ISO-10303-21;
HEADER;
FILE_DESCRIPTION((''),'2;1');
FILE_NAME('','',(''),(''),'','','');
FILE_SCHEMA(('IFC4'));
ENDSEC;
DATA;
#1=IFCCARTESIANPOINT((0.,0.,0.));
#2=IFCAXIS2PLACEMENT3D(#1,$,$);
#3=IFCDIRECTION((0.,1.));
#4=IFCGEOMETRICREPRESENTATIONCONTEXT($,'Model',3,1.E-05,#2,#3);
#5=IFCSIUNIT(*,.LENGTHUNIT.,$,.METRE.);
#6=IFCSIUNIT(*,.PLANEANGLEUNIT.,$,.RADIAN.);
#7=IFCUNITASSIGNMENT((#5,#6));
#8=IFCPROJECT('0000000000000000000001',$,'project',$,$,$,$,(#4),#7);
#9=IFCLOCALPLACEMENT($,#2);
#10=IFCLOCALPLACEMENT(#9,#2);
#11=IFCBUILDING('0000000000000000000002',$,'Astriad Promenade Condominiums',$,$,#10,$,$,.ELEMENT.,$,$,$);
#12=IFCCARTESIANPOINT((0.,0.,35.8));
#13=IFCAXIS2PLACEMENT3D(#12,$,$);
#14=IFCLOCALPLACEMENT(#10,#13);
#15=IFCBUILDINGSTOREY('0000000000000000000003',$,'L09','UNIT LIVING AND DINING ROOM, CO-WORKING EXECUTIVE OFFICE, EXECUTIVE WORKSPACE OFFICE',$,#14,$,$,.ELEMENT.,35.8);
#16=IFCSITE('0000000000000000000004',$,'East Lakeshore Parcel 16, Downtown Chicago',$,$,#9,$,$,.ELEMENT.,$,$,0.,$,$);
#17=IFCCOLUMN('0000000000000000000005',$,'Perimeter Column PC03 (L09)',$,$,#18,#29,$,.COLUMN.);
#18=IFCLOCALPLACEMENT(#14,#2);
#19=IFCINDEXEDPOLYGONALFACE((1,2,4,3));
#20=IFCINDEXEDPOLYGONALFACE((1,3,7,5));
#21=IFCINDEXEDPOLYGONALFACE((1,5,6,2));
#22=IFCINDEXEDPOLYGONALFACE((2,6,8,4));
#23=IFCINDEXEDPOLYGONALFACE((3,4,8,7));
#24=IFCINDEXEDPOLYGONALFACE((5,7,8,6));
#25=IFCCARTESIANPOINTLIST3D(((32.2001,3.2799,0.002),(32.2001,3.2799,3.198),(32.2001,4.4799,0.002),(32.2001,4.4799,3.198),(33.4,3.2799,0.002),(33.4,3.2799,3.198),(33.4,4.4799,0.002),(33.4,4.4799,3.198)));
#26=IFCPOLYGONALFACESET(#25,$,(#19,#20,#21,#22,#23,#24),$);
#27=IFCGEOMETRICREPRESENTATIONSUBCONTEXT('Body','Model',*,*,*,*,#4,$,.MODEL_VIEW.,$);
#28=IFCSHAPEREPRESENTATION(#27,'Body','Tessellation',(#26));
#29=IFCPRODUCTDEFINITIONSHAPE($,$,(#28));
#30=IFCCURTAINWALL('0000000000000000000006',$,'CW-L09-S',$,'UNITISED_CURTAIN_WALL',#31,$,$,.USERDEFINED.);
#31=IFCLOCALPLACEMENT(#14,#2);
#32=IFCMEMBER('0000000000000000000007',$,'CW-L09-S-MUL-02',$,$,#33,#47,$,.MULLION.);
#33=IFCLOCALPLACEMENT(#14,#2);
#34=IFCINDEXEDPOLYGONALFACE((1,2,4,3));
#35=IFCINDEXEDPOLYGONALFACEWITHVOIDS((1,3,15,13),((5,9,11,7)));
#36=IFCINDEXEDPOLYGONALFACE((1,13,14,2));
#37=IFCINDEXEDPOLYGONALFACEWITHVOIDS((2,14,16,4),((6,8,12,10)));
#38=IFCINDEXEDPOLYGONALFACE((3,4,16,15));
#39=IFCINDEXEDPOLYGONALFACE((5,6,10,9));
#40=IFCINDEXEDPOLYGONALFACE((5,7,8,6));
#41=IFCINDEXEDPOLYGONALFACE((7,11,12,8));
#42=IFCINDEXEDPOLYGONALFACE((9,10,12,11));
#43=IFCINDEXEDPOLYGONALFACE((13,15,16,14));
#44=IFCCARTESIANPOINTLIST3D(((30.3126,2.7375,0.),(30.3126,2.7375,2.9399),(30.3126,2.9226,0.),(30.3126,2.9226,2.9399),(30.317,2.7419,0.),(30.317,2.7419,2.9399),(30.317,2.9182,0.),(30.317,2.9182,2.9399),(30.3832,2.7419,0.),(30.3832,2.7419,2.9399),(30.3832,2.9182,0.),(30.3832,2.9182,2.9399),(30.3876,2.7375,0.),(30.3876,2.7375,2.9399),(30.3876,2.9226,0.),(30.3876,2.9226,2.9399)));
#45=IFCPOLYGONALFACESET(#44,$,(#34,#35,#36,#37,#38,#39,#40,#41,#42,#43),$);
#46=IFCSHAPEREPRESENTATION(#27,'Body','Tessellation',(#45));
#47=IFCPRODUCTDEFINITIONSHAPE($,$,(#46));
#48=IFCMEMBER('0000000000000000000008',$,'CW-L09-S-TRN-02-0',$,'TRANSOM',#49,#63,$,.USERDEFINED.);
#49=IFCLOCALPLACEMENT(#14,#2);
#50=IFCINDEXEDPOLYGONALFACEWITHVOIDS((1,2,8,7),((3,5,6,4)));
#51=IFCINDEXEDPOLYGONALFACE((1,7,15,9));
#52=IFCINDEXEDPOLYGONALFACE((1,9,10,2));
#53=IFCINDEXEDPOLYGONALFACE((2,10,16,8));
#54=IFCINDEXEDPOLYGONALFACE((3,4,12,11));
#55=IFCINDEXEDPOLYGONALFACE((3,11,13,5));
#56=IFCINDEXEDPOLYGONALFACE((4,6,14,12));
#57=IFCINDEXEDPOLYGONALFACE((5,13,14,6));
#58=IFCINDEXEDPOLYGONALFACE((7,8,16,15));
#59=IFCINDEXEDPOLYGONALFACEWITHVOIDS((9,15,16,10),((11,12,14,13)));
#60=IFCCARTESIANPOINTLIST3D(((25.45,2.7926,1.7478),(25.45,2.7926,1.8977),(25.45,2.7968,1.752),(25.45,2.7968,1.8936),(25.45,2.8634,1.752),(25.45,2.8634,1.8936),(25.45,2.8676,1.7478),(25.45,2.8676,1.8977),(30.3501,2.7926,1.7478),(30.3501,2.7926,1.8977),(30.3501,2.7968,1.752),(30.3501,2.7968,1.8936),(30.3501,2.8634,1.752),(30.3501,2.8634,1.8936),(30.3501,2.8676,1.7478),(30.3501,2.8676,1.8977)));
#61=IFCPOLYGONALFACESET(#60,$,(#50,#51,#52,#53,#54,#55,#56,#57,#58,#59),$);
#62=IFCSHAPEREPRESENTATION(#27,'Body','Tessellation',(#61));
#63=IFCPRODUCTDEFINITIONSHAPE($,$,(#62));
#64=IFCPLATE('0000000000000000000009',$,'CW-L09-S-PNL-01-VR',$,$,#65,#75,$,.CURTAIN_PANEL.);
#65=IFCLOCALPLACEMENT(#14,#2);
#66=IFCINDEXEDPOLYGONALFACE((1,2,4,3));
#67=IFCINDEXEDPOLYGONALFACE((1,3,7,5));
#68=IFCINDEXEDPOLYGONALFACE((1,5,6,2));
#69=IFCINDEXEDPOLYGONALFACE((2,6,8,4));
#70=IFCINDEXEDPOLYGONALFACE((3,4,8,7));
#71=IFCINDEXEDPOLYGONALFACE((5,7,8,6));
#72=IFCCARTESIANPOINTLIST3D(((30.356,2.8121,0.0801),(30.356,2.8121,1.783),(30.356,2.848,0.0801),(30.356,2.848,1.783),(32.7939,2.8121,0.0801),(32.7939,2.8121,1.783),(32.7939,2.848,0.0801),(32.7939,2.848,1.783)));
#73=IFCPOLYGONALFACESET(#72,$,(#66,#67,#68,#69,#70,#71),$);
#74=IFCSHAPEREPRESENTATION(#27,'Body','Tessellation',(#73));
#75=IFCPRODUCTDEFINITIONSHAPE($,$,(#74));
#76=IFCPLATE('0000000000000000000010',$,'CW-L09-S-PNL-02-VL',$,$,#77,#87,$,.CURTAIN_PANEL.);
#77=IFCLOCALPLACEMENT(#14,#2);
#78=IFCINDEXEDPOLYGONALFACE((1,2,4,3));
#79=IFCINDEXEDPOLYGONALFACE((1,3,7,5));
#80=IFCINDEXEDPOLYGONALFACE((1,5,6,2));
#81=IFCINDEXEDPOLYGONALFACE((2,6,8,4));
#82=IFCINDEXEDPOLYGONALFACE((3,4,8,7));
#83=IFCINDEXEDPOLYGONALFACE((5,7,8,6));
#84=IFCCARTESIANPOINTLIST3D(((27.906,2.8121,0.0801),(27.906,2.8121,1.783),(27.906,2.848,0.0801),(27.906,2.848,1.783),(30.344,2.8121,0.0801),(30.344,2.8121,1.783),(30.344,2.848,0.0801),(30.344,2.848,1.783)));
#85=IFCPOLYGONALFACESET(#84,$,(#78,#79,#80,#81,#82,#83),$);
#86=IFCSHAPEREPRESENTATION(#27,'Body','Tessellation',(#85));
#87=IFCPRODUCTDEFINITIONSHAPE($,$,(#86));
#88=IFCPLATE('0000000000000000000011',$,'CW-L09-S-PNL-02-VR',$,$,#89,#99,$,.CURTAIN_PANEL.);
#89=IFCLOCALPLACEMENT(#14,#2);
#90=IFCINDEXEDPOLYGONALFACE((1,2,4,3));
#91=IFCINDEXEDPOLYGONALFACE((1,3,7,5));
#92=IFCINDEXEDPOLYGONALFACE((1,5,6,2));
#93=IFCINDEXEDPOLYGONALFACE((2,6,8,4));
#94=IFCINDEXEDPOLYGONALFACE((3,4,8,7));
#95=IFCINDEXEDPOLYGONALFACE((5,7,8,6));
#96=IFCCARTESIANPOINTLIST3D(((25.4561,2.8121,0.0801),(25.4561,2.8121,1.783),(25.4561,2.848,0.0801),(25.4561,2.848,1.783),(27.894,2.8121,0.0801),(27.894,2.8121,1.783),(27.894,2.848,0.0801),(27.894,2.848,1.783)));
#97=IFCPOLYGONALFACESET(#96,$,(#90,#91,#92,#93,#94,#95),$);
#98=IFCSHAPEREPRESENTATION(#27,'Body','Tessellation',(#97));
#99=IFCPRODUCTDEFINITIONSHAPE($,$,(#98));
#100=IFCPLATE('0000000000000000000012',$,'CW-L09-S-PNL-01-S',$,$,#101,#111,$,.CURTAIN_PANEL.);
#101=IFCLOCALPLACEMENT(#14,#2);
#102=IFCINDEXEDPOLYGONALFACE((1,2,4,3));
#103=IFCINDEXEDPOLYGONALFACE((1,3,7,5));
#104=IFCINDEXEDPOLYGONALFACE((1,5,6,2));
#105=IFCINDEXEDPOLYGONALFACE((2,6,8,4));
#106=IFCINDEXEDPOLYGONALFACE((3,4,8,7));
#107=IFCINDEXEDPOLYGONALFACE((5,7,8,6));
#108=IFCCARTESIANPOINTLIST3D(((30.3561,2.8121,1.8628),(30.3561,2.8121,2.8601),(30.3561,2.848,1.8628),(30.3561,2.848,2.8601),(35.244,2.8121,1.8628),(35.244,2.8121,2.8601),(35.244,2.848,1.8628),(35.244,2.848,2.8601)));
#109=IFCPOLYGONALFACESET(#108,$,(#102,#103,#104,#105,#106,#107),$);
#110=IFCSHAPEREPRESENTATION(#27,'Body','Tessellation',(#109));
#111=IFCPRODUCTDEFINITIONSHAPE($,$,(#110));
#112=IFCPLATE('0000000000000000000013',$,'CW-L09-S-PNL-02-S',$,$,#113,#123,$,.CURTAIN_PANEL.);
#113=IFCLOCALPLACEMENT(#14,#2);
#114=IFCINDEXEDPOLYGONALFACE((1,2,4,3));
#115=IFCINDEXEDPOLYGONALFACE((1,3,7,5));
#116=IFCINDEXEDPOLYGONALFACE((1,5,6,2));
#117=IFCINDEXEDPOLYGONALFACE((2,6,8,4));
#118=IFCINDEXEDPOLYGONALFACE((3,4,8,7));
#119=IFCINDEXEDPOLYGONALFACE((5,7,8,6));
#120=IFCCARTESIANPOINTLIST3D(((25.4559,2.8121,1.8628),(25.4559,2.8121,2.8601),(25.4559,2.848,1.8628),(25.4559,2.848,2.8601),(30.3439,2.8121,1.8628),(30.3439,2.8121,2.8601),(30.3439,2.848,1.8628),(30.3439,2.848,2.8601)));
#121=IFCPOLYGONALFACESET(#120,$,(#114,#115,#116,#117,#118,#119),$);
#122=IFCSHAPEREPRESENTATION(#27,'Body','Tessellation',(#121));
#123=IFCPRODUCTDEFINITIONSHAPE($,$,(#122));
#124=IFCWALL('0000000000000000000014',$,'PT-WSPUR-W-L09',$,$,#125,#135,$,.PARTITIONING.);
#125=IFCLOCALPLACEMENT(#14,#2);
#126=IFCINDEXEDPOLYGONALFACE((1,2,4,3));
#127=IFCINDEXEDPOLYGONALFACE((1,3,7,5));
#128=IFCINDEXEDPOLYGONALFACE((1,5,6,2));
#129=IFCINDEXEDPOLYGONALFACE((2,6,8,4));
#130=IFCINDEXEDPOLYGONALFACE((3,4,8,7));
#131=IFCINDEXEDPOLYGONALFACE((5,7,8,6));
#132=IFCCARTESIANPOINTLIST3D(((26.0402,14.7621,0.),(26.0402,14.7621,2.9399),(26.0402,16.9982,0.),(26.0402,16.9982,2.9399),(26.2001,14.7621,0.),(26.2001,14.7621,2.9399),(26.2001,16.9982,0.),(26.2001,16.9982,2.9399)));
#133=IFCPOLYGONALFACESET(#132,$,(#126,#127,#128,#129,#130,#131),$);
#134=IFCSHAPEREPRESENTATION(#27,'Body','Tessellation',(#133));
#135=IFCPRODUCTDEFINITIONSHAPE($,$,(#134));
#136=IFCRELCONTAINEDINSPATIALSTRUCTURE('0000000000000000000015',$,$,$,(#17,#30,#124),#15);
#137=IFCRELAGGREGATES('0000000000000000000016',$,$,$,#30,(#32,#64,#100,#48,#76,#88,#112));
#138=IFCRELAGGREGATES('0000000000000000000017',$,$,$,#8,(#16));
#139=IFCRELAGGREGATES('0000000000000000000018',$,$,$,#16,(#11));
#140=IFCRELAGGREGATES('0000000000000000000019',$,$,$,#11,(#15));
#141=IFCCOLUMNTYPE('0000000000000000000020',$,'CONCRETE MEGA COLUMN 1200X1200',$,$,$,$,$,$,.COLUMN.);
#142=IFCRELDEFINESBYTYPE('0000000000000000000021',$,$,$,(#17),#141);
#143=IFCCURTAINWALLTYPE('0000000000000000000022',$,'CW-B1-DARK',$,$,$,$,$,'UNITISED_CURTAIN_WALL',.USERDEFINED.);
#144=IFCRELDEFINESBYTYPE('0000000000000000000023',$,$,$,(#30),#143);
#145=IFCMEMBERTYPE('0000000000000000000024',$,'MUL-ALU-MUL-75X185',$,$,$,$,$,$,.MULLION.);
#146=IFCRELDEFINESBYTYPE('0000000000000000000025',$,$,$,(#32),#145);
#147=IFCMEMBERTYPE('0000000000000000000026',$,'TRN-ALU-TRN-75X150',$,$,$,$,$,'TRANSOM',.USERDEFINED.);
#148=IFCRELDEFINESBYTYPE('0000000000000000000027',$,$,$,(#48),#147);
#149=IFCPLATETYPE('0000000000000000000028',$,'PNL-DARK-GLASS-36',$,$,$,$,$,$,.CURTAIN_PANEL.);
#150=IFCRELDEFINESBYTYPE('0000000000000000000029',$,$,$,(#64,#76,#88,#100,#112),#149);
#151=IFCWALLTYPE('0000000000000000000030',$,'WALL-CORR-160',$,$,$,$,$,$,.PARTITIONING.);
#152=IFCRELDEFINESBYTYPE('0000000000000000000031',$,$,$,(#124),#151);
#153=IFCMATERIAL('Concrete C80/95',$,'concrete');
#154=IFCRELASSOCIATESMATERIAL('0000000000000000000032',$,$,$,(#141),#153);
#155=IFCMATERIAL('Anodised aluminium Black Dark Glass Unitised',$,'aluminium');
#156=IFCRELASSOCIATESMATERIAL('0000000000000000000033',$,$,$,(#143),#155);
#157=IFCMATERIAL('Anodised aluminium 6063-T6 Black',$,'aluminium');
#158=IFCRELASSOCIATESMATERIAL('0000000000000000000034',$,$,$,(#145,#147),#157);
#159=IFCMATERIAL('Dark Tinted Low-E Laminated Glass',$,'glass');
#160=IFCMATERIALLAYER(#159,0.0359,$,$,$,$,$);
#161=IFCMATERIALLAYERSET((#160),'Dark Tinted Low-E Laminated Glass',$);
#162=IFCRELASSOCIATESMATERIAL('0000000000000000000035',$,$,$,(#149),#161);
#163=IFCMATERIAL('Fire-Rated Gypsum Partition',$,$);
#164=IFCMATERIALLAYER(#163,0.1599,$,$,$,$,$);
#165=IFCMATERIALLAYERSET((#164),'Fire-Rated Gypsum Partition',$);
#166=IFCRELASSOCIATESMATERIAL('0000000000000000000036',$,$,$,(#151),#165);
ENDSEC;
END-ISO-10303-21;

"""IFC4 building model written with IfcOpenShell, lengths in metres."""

from ifc_helpers import new_model, si_unit, direction, frame, frame_2d, origin, origin_2d, place, context, subcontext, project, spatial, rectangle, hollow_rectangle, extrude, source, transform, mapped, material, layer, layer_set, material_profile, profile_set, type_object, type_shapes, element, aggregate, save


model = new_model("IFC4")

# Units and contexts
model_context = context("Model", 3, precision=1e-05, world=origin(), true_north=direction((0.0, 1.0)))
body_context = subcontext(model_context, "Body", "Model", "MODEL_VIEW")
ifc_project = project(units=[si_unit("LENGTHUNIT", "METRE"), si_unit("PLANEANGLEUNIT", "RADIAN")], contexts=[model_context])

# Site, building, storey
site_placement = place(None, origin())
site = spatial("IfcSite", under=ifc_project, at=site_placement, Name="East Lakeshore Parcel 16, Downtown Chicago", CompositionType="ELEMENT", RefElevation=0.0)
building_placement = place(site_placement, origin())
building = spatial("IfcBuilding", under=site, at=building_placement, Name="Astriad Promenade Condominiums", CompositionType="ELEMENT")
storey_placement = place(building_placement, frame((0.0, 0.0, 35.8)))
storey = spatial("IfcBuildingStorey", under=building, at=storey_placement, Name="L09", Description="UNIT LIVING AND DINING ROOM, CO-WORKING EXECUTIVE OFFICE, EXECUTIVE WORKSPACE OFFICE", CompositionType="ELEMENT", Elevation=35.8)

# Column
ifc_material_1 = material(Name="Concrete C80/95", Category="concrete")
ifc_material_profile_1 = material_profile(ifc_material_1, rectangle(XDim=1.2, YDim=1.2, at=origin_2d()), Name="RC-COL-1200X1200")
ifc_profile_set_1 = profile_set([ifc_material_profile_1], Name="Concrete C80/95")
column_type = type_object("IfcColumnType", Name="CONCRETE MEGA COLUMN 1200X1200", PredefinedType="COLUMN", material=ifc_profile_set_1)
shared_shape_1 = source(origin(), body_context, "Body", "SweptSolid", [
    extrude(rectangle(XDim=1.2, YDim=1.2, at=origin_2d()), origin(), (0.0, 0.0, 1.0), 3.196),
])
type_shapes(column_type, [shared_shape_1])
column_placement = place(storey_placement, frame((32.8, 3.8799, 0.002), z_axis=(0.0, 0.0, 1.0), x_axis=(1.0, 0.0, 0.0)))
element("IfcColumn", 1, at=column_placement, inside=storey, type_object=column_type, Name="Perimeter Column PC03 (L09)", PredefinedType="COLUMN", context=body_context, shape_type="MappedRepresentation", body=[
    mapped(shared_shape_1, transform((0.0, 0.0, 0.0), scale=1.0)),
])

# Curtain wall, members, plates
ifc_material_2 = material(Name="Anodised aluminium Black Dark Glass Unitised", Category="aluminium")
curtain_wall_type = type_object("IfcCurtainWallType", Name="CW-B1-DARK", ElementType="UNITISED_CURTAIN_WALL", PredefinedType="USERDEFINED", material=ifc_material_2)
curtain_wall_placement = place(storey_placement, origin())
curtain_wall = element("IfcCurtainWall", 2, at=curtain_wall_placement, inside=storey, type_object=curtain_wall_type, Name="CW-L09-S", ObjectType="UNITISED_CURTAIN_WALL", PredefinedType="USERDEFINED")
ifc_material_3 = material(Name="Anodised aluminium 6063-T6 Black", Category="aluminium")
ifc_material_profile_2 = material_profile(ifc_material_3, hollow_rectangle(XDim=0.075, YDim=0.1851, WallThickness=0.0044, at=origin_2d()), Name="ALU-MUL-75X185")
ifc_profile_set_2 = profile_set([ifc_material_profile_2], Name="Anodised aluminium 6063-T6 Black")
member_type_1 = type_object("IfcMemberType", Name="MUL-ALU-MUL-75X185", PredefinedType="MULLION", material=ifc_profile_set_2)
shared_shape_2 = source(origin(), body_context, "Body", "SweptSolid", [
    extrude(hollow_rectangle(XDim=0.075, YDim=0.1851, WallThickness=0.0044, at=origin_2d()), origin(), (0.0, 0.0, 1.0), 2.9399),
])
type_shapes(member_type_1, [shared_shape_2])
member_1_placement = place(storey_placement, frame((30.3501, 2.8301, 0.0), z_axis=(0.0, 0.0, 1.0), x_axis=(1.0, 0.0, 0.0)))
member_1 = element("IfcMember", 3, at=member_1_placement, type_object=member_type_1, Name="CW-L09-S-MUL-02", PredefinedType="MULLION", context=body_context, shape_type="MappedRepresentation", body=[
    mapped(shared_shape_2, transform((0.0, 0.0, 0.0), scale=1.0)),
])
ifc_material_profile_3 = material_profile(ifc_material_3, hollow_rectangle(XDim=0.075, YDim=0.1499, WallThickness=0.0042, at=origin_2d()), Name="ALU-TRN-75X150")
ifc_profile_set_3 = profile_set([ifc_material_profile_3], Name="Anodised aluminium 6063-T6 Black")
member_type_2 = type_object("IfcMemberType", Name="TRN-ALU-TRN-75X150", ElementType="TRANSOM", PredefinedType="USERDEFINED", material=ifc_profile_set_3)
shared_shape_3 = source(origin(), body_context, "Body", "SweptSolid", [
    extrude(hollow_rectangle(XDim=0.075, YDim=0.1499, WallThickness=0.0042, at=origin_2d()), origin(), (0.0, 0.0, 1.0), 4.9001),
])
type_shapes(member_type_2, [shared_shape_3])
member_2_placement = place(storey_placement, frame((30.3501, 2.8301, 1.8228), z_axis=(-1.0, 0.0, 0.0), x_axis=(0.0, -1.0, 0.0)))
member_2 = element("IfcMember", 4, at=member_2_placement, type_object=member_type_2, Name="CW-L09-S-TRN-02-0", ObjectType="TRANSOM", PredefinedType="USERDEFINED", context=body_context, shape_type="MappedRepresentation", body=[
    mapped(shared_shape_3, transform((0.0, 0.0, 0.0), scale=1.0)),
])
ifc_material_4 = material(Name="Dark Tinted Low-E Laminated Glass", Category="glass")
ifc_layer_1 = layer(ifc_material_4, 0.0359)
ifc_layer_set_1 = layer_set([ifc_layer_1], Name="Dark Tinted Low-E Laminated Glass")
plate_type = type_object("IfcPlateType", Name="PNL-DARK-GLASS-36", PredefinedType="CURTAIN_PANEL", material=ifc_layer_set_1)
shared_shape_4 = source(origin(), body_context, "Body", "SweptSolid", [
    extrude(rectangle(XDim=2.438, YDim=0.0359, at=origin_2d()), origin(), (0.0, 0.0, 1.0), 1.7029),
])
plate_1_placement = place(storey_placement, frame((31.575, 2.8301, 0.0801), z_axis=(0.0, 0.0, 1.0), x_axis=(-1.0, 0.0, 0.0)))
plate_1 = element("IfcPlate", 5, at=plate_1_placement, type_object=plate_type, Name="CW-L09-S-PNL-01-VR", PredefinedType="CURTAIN_PANEL", context=body_context, shape_type="MappedRepresentation", body=[
    mapped(shared_shape_4, transform((0.0, 0.0, 0.0), scale=1.0)),
])
plate_2_placement = place(storey_placement, frame((29.125, 2.8301, 0.0801), z_axis=(0.0, 0.0, 1.0), x_axis=(-1.0, 0.0, 0.0)))
plate_2 = element("IfcPlate", 6, at=plate_2_placement, type_object=plate_type, Name="CW-L09-S-PNL-02-VL", PredefinedType="CURTAIN_PANEL", context=body_context, shape_type="MappedRepresentation", body=[
    mapped(shared_shape_4, transform((0.0, 0.0, 0.0), scale=1.0)),
])
plate_3_placement = place(storey_placement, frame((26.675, 2.8301, 0.0801), z_axis=(0.0, 0.0, 1.0), x_axis=(-1.0, 0.0, 0.0)))
plate_3 = element("IfcPlate", 7, at=plate_3_placement, type_object=plate_type, Name="CW-L09-S-PNL-02-VR", PredefinedType="CURTAIN_PANEL", context=body_context, shape_type="MappedRepresentation", body=[
    mapped(shared_shape_4, transform((0.0, 0.0, 0.0), scale=1.0)),
])
shared_shape_5 = source(origin(), body_context, "Body", "SweptSolid", [
    extrude(rectangle(XDim=4.8879, YDim=0.0359, at=origin_2d()), origin(), (0.0, 0.0, 1.0), 0.9973),
])
type_shapes(plate_type, [shared_shape_4, shared_shape_5])
plate_4_placement = place(storey_placement, frame((32.8, 2.8301, 1.8628), z_axis=(0.0, 0.0, 1.0), x_axis=(-1.0, 0.0, 0.0)))
plate_4 = element("IfcPlate", 8, at=plate_4_placement, type_object=plate_type, Name="CW-L09-S-PNL-01-S", PredefinedType="CURTAIN_PANEL", context=body_context, shape_type="MappedRepresentation", body=[
    mapped(shared_shape_5, transform((0.0, 0.0, 0.0), scale=1.0)),
])
plate_5_placement = place(storey_placement, frame((27.8999, 2.8301, 1.8628), z_axis=(0.0, 0.0, 1.0), x_axis=(-1.0, 0.0, 0.0)))
plate_5 = element("IfcPlate", 9, at=plate_5_placement, type_object=plate_type, Name="CW-L09-S-PNL-02-S", PredefinedType="CURTAIN_PANEL", context=body_context, shape_type="MappedRepresentation", body=[
    mapped(shared_shape_5, transform((0.0, 0.0, 0.0), scale=1.0)),
])
aggregate(curtain_wall, [member_1, plate_1, plate_4, member_2, plate_2, plate_3, plate_5])

# Wall
ifc_material_5 = material(Name="Fire-Rated Gypsum Partition")
ifc_layer_2 = layer(ifc_material_5, 0.1599)
ifc_layer_set_2 = layer_set([ifc_layer_2], Name="Fire-Rated Gypsum Partition")
wall_type_1 = type_object("IfcWallType", Name="WALL-CORR-160", PredefinedType="PARTITIONING", material=ifc_layer_set_2)
wall_1_placement = place(storey_placement, frame((26.1201, 14.762, 0.0), z_axis=(0.0, 0.0, 1.0), x_axis=(0.0, 1.0, 0.0)))
element("IfcWall", 10, at=wall_1_placement, inside=storey, type_object=wall_type_1, Name="PT-WSPUR-W-L09", PredefinedType="PARTITIONING", context=body_context, shape_type="SweptSolid", body=[
    extrude(rectangle(XDim=2.2361, YDim=0.1599, at=frame_2d((1.1182, 0.0))), origin(), (0.0, 0.0, 1.0), 2.9399),
])

save(model, "model.ifc")
